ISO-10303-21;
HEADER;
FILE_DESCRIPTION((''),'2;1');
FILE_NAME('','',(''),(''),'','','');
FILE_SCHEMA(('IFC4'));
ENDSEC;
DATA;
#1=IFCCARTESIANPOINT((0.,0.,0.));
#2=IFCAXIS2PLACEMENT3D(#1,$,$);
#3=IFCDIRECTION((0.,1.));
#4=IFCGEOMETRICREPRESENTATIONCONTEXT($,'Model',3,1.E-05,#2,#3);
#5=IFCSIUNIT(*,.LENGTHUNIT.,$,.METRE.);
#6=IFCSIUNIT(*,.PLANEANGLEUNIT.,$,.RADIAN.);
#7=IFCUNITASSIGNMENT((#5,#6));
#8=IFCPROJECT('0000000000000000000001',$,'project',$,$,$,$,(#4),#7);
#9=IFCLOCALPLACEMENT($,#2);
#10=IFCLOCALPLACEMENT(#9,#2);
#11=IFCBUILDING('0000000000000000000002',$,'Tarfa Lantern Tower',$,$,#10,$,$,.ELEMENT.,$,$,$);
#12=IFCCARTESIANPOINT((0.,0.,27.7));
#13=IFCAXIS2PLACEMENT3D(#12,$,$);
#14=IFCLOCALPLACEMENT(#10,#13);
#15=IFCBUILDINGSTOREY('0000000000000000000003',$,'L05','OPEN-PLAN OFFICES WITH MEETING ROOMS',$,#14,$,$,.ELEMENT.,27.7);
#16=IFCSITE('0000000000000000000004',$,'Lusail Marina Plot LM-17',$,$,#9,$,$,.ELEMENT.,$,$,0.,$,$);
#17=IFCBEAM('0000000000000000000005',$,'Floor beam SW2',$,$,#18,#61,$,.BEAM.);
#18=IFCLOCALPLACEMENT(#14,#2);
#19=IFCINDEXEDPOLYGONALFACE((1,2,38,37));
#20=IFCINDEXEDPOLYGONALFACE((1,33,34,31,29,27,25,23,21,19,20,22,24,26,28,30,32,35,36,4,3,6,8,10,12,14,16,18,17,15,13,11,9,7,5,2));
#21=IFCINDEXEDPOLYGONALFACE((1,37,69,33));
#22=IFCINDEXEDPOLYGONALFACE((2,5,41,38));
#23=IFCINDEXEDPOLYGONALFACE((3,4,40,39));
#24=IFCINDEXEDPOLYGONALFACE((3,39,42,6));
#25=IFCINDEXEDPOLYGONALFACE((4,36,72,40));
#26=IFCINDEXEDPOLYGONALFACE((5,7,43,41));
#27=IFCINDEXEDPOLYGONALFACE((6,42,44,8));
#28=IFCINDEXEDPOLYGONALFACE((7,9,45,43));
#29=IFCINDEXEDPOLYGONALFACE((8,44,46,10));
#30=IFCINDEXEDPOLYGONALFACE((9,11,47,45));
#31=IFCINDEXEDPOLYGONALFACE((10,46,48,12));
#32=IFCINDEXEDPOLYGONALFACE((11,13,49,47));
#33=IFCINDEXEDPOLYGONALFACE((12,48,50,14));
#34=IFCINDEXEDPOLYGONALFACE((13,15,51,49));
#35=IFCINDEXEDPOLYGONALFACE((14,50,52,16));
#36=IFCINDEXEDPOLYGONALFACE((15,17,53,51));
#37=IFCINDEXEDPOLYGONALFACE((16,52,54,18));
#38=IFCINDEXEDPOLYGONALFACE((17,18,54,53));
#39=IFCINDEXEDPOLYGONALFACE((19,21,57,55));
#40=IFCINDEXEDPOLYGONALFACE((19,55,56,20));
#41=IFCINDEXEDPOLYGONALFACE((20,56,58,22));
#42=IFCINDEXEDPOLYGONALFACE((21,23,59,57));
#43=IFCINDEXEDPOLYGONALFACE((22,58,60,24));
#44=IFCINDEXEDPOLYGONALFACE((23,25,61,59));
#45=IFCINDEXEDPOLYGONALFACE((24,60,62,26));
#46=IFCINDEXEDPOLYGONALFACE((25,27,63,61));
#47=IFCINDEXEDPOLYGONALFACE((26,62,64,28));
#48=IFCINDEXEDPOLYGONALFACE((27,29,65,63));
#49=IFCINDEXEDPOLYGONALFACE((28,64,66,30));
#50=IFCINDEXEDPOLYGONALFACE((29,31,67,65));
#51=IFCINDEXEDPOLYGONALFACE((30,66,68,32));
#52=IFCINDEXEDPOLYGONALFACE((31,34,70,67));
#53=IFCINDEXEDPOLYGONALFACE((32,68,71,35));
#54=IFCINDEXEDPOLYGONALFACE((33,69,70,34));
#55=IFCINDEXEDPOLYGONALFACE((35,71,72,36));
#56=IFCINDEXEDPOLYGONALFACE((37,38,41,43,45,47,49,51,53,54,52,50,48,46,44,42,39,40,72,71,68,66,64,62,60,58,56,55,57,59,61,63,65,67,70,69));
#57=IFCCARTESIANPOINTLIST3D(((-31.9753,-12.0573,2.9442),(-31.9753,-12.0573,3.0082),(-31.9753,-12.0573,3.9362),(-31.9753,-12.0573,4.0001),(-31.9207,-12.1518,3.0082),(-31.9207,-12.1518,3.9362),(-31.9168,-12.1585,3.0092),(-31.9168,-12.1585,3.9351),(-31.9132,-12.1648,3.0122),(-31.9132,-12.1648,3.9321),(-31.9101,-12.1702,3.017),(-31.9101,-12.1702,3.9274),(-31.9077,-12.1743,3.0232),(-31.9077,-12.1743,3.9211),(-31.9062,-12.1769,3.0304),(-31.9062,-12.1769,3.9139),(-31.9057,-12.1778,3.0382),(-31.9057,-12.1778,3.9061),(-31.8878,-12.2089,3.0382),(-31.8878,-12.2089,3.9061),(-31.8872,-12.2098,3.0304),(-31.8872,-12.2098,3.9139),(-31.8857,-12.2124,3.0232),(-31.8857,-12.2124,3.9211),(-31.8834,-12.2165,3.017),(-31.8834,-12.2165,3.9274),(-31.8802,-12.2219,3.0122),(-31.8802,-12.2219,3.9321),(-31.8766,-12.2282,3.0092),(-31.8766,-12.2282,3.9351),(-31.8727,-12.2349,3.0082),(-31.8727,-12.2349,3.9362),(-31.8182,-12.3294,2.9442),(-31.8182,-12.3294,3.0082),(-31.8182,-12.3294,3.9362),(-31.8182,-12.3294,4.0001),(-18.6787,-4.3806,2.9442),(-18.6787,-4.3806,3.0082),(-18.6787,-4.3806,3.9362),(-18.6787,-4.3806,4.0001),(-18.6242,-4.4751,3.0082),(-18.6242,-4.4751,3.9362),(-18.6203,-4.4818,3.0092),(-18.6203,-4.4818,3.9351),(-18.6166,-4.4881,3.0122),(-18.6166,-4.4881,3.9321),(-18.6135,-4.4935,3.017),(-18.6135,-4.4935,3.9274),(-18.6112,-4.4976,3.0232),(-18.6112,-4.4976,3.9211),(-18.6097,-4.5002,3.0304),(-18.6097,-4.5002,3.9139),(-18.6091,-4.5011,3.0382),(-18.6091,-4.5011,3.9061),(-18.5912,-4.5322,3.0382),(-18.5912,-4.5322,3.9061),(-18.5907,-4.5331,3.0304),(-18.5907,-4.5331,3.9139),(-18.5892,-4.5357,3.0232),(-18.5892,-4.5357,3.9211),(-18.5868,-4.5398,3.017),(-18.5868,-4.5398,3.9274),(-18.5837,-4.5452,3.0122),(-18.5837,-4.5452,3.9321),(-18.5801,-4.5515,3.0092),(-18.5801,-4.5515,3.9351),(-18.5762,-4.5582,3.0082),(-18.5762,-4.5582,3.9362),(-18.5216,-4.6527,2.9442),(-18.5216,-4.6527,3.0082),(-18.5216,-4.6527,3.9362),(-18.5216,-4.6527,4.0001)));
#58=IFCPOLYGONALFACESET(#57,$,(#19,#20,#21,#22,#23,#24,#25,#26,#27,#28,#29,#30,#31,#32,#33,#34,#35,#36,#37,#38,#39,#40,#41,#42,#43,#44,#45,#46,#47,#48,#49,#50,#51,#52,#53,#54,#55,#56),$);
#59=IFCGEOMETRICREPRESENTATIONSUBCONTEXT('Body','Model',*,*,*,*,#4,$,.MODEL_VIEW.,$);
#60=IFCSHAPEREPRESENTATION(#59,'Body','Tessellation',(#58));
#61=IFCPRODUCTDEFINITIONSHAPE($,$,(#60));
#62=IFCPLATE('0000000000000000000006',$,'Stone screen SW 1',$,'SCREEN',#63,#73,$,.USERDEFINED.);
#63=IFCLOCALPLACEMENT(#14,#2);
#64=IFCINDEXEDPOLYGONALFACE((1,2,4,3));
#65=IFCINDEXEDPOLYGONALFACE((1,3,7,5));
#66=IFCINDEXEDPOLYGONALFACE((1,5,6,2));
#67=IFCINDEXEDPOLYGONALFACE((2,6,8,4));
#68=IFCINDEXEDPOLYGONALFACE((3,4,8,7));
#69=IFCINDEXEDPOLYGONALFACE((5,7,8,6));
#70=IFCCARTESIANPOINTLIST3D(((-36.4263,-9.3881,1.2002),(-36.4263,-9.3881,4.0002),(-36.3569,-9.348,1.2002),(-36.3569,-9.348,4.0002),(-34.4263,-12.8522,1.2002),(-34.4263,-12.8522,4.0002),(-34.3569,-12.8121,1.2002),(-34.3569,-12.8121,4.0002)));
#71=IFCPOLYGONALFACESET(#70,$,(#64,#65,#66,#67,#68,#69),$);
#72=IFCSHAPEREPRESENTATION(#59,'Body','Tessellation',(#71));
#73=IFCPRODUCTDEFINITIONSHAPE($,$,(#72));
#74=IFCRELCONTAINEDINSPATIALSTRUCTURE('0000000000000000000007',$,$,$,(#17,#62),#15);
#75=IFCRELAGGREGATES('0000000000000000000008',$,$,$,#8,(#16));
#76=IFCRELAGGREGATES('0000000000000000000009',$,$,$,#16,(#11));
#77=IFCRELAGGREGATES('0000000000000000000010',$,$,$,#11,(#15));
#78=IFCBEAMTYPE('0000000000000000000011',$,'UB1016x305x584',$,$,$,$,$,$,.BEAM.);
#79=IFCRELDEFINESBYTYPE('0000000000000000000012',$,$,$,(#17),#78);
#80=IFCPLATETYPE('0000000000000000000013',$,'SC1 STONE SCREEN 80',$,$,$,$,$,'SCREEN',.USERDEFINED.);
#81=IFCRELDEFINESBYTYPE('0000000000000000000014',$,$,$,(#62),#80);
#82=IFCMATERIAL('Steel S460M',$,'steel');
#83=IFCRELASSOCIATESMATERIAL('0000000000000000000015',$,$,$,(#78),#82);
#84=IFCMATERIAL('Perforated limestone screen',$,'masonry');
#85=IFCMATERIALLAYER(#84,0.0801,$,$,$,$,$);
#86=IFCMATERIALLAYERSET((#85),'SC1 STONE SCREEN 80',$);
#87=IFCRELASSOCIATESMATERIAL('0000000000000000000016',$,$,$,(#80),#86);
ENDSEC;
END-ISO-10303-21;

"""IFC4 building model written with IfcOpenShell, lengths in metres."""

from ifc_helpers import new_model, si_unit, direction, frame, origin, origin_2d, place, context, subcontext, project, spatial, rectangle, i_section, extrude, material, layer, layer_set, material_profile, profile_set, type_object, element, save


model = new_model("IFC4")

# Units and contexts
model_context = context("Model", 3, precision=1e-05, world=origin(), true_north=direction((0.0, 1.0)))
body_context = subcontext(model_context, "Body", "Model", "MODEL_VIEW")
ifc_project = project(units=[si_unit("LENGTHUNIT", "METRE"), si_unit("PLANEANGLEUNIT", "RADIAN")], contexts=[model_context])

# Site, building, storey
site_placement = place(None, origin())
site = spatial("IfcSite", under=ifc_project, at=site_placement, Name="Lusail Marina Plot LM-17", CompositionType="ELEMENT", RefElevation=0.0)
building_placement = place(site_placement, origin())
building = spatial("IfcBuilding", under=site, at=building_placement, Name="Tarfa Lantern Tower", CompositionType="ELEMENT")
storey_placement = place(building_placement, frame((0.0, 0.0, 27.7)))
storey = spatial("IfcBuildingStorey", under=building, at=storey_placement, Name="L05", Description="OPEN-PLAN OFFICES WITH MEETING ROOMS", CompositionType="ELEMENT", Elevation=27.7)

# Beam
ifc_material_1 = material(Name="Steel S460M", Category="steel")
ifc_material_profile_1 = material_profile(ifc_material_1, i_section(OverallWidth=0.3142, OverallDepth=1.0559, WebThickness=0.0359, FlangeThickness=0.064, FilletRadius=0.03, at=origin_2d()), Name="UB1016x305x584")
ifc_profile_set_1 = profile_set([ifc_material_profile_1], Name="Steel S460M")
beam_type_1 = type_object("IfcBeamType", Name="UB1016x305x584", PredefinedType="BEAM", material=ifc_profile_set_1)
beam_1_placement = place(storey_placement, frame((-31.8967, -12.1934, 3.4722), z_axis=(0.866027, 0.499997, 0.0), x_axis=(-0.499997, 0.866027, 0.0)))
element("IfcBeam", 1, at=beam_1_placement, inside=storey, type_object=beam_type_1, Name="Floor beam SW2", PredefinedType="BEAM", context=body_context, shape_type="SweptSolid", body=[
    extrude(i_section(OverallWidth=0.3142, OverallDepth=1.0559, WebThickness=0.0359, FlangeThickness=0.064, FilletRadius=0.03, at=origin_2d()), origin(), (0.0, 0.0, 1.0), 15.3535),
])

# Plate
ifc_material_2 = material(Name="Perforated limestone screen", Category="masonry")
ifc_layer_1 = layer(ifc_material_2, 0.0801)
ifc_layer_set_1 = layer_set([ifc_layer_1], Name="SC1 STONE SCREEN 80")
plate_type = type_object("IfcPlateType", Name="SC1 STONE SCREEN 80", ElementType="SCREEN", PredefinedType="USERDEFINED", material=ifc_layer_set_1)
plate_placement = place(storey_placement, frame((-35.3916, -11.1001, 1.2002), z_axis=(0.0, 0.0, 1.0), x_axis=(0.5, -0.866025, 0.0)))
element("IfcPlate", 2, at=plate_placement, inside=storey, type_object=plate_type, Name="Stone screen SW 1", ObjectType="SCREEN", PredefinedType="USERDEFINED", context=body_context, shape_type="SweptSolid", body=[
    extrude(rectangle(XDim=4.0, YDim=0.0801, at=origin_2d()), origin(), (0.0, 0.0, 1.0), 2.8),
])

save(model, "model.ifc")
